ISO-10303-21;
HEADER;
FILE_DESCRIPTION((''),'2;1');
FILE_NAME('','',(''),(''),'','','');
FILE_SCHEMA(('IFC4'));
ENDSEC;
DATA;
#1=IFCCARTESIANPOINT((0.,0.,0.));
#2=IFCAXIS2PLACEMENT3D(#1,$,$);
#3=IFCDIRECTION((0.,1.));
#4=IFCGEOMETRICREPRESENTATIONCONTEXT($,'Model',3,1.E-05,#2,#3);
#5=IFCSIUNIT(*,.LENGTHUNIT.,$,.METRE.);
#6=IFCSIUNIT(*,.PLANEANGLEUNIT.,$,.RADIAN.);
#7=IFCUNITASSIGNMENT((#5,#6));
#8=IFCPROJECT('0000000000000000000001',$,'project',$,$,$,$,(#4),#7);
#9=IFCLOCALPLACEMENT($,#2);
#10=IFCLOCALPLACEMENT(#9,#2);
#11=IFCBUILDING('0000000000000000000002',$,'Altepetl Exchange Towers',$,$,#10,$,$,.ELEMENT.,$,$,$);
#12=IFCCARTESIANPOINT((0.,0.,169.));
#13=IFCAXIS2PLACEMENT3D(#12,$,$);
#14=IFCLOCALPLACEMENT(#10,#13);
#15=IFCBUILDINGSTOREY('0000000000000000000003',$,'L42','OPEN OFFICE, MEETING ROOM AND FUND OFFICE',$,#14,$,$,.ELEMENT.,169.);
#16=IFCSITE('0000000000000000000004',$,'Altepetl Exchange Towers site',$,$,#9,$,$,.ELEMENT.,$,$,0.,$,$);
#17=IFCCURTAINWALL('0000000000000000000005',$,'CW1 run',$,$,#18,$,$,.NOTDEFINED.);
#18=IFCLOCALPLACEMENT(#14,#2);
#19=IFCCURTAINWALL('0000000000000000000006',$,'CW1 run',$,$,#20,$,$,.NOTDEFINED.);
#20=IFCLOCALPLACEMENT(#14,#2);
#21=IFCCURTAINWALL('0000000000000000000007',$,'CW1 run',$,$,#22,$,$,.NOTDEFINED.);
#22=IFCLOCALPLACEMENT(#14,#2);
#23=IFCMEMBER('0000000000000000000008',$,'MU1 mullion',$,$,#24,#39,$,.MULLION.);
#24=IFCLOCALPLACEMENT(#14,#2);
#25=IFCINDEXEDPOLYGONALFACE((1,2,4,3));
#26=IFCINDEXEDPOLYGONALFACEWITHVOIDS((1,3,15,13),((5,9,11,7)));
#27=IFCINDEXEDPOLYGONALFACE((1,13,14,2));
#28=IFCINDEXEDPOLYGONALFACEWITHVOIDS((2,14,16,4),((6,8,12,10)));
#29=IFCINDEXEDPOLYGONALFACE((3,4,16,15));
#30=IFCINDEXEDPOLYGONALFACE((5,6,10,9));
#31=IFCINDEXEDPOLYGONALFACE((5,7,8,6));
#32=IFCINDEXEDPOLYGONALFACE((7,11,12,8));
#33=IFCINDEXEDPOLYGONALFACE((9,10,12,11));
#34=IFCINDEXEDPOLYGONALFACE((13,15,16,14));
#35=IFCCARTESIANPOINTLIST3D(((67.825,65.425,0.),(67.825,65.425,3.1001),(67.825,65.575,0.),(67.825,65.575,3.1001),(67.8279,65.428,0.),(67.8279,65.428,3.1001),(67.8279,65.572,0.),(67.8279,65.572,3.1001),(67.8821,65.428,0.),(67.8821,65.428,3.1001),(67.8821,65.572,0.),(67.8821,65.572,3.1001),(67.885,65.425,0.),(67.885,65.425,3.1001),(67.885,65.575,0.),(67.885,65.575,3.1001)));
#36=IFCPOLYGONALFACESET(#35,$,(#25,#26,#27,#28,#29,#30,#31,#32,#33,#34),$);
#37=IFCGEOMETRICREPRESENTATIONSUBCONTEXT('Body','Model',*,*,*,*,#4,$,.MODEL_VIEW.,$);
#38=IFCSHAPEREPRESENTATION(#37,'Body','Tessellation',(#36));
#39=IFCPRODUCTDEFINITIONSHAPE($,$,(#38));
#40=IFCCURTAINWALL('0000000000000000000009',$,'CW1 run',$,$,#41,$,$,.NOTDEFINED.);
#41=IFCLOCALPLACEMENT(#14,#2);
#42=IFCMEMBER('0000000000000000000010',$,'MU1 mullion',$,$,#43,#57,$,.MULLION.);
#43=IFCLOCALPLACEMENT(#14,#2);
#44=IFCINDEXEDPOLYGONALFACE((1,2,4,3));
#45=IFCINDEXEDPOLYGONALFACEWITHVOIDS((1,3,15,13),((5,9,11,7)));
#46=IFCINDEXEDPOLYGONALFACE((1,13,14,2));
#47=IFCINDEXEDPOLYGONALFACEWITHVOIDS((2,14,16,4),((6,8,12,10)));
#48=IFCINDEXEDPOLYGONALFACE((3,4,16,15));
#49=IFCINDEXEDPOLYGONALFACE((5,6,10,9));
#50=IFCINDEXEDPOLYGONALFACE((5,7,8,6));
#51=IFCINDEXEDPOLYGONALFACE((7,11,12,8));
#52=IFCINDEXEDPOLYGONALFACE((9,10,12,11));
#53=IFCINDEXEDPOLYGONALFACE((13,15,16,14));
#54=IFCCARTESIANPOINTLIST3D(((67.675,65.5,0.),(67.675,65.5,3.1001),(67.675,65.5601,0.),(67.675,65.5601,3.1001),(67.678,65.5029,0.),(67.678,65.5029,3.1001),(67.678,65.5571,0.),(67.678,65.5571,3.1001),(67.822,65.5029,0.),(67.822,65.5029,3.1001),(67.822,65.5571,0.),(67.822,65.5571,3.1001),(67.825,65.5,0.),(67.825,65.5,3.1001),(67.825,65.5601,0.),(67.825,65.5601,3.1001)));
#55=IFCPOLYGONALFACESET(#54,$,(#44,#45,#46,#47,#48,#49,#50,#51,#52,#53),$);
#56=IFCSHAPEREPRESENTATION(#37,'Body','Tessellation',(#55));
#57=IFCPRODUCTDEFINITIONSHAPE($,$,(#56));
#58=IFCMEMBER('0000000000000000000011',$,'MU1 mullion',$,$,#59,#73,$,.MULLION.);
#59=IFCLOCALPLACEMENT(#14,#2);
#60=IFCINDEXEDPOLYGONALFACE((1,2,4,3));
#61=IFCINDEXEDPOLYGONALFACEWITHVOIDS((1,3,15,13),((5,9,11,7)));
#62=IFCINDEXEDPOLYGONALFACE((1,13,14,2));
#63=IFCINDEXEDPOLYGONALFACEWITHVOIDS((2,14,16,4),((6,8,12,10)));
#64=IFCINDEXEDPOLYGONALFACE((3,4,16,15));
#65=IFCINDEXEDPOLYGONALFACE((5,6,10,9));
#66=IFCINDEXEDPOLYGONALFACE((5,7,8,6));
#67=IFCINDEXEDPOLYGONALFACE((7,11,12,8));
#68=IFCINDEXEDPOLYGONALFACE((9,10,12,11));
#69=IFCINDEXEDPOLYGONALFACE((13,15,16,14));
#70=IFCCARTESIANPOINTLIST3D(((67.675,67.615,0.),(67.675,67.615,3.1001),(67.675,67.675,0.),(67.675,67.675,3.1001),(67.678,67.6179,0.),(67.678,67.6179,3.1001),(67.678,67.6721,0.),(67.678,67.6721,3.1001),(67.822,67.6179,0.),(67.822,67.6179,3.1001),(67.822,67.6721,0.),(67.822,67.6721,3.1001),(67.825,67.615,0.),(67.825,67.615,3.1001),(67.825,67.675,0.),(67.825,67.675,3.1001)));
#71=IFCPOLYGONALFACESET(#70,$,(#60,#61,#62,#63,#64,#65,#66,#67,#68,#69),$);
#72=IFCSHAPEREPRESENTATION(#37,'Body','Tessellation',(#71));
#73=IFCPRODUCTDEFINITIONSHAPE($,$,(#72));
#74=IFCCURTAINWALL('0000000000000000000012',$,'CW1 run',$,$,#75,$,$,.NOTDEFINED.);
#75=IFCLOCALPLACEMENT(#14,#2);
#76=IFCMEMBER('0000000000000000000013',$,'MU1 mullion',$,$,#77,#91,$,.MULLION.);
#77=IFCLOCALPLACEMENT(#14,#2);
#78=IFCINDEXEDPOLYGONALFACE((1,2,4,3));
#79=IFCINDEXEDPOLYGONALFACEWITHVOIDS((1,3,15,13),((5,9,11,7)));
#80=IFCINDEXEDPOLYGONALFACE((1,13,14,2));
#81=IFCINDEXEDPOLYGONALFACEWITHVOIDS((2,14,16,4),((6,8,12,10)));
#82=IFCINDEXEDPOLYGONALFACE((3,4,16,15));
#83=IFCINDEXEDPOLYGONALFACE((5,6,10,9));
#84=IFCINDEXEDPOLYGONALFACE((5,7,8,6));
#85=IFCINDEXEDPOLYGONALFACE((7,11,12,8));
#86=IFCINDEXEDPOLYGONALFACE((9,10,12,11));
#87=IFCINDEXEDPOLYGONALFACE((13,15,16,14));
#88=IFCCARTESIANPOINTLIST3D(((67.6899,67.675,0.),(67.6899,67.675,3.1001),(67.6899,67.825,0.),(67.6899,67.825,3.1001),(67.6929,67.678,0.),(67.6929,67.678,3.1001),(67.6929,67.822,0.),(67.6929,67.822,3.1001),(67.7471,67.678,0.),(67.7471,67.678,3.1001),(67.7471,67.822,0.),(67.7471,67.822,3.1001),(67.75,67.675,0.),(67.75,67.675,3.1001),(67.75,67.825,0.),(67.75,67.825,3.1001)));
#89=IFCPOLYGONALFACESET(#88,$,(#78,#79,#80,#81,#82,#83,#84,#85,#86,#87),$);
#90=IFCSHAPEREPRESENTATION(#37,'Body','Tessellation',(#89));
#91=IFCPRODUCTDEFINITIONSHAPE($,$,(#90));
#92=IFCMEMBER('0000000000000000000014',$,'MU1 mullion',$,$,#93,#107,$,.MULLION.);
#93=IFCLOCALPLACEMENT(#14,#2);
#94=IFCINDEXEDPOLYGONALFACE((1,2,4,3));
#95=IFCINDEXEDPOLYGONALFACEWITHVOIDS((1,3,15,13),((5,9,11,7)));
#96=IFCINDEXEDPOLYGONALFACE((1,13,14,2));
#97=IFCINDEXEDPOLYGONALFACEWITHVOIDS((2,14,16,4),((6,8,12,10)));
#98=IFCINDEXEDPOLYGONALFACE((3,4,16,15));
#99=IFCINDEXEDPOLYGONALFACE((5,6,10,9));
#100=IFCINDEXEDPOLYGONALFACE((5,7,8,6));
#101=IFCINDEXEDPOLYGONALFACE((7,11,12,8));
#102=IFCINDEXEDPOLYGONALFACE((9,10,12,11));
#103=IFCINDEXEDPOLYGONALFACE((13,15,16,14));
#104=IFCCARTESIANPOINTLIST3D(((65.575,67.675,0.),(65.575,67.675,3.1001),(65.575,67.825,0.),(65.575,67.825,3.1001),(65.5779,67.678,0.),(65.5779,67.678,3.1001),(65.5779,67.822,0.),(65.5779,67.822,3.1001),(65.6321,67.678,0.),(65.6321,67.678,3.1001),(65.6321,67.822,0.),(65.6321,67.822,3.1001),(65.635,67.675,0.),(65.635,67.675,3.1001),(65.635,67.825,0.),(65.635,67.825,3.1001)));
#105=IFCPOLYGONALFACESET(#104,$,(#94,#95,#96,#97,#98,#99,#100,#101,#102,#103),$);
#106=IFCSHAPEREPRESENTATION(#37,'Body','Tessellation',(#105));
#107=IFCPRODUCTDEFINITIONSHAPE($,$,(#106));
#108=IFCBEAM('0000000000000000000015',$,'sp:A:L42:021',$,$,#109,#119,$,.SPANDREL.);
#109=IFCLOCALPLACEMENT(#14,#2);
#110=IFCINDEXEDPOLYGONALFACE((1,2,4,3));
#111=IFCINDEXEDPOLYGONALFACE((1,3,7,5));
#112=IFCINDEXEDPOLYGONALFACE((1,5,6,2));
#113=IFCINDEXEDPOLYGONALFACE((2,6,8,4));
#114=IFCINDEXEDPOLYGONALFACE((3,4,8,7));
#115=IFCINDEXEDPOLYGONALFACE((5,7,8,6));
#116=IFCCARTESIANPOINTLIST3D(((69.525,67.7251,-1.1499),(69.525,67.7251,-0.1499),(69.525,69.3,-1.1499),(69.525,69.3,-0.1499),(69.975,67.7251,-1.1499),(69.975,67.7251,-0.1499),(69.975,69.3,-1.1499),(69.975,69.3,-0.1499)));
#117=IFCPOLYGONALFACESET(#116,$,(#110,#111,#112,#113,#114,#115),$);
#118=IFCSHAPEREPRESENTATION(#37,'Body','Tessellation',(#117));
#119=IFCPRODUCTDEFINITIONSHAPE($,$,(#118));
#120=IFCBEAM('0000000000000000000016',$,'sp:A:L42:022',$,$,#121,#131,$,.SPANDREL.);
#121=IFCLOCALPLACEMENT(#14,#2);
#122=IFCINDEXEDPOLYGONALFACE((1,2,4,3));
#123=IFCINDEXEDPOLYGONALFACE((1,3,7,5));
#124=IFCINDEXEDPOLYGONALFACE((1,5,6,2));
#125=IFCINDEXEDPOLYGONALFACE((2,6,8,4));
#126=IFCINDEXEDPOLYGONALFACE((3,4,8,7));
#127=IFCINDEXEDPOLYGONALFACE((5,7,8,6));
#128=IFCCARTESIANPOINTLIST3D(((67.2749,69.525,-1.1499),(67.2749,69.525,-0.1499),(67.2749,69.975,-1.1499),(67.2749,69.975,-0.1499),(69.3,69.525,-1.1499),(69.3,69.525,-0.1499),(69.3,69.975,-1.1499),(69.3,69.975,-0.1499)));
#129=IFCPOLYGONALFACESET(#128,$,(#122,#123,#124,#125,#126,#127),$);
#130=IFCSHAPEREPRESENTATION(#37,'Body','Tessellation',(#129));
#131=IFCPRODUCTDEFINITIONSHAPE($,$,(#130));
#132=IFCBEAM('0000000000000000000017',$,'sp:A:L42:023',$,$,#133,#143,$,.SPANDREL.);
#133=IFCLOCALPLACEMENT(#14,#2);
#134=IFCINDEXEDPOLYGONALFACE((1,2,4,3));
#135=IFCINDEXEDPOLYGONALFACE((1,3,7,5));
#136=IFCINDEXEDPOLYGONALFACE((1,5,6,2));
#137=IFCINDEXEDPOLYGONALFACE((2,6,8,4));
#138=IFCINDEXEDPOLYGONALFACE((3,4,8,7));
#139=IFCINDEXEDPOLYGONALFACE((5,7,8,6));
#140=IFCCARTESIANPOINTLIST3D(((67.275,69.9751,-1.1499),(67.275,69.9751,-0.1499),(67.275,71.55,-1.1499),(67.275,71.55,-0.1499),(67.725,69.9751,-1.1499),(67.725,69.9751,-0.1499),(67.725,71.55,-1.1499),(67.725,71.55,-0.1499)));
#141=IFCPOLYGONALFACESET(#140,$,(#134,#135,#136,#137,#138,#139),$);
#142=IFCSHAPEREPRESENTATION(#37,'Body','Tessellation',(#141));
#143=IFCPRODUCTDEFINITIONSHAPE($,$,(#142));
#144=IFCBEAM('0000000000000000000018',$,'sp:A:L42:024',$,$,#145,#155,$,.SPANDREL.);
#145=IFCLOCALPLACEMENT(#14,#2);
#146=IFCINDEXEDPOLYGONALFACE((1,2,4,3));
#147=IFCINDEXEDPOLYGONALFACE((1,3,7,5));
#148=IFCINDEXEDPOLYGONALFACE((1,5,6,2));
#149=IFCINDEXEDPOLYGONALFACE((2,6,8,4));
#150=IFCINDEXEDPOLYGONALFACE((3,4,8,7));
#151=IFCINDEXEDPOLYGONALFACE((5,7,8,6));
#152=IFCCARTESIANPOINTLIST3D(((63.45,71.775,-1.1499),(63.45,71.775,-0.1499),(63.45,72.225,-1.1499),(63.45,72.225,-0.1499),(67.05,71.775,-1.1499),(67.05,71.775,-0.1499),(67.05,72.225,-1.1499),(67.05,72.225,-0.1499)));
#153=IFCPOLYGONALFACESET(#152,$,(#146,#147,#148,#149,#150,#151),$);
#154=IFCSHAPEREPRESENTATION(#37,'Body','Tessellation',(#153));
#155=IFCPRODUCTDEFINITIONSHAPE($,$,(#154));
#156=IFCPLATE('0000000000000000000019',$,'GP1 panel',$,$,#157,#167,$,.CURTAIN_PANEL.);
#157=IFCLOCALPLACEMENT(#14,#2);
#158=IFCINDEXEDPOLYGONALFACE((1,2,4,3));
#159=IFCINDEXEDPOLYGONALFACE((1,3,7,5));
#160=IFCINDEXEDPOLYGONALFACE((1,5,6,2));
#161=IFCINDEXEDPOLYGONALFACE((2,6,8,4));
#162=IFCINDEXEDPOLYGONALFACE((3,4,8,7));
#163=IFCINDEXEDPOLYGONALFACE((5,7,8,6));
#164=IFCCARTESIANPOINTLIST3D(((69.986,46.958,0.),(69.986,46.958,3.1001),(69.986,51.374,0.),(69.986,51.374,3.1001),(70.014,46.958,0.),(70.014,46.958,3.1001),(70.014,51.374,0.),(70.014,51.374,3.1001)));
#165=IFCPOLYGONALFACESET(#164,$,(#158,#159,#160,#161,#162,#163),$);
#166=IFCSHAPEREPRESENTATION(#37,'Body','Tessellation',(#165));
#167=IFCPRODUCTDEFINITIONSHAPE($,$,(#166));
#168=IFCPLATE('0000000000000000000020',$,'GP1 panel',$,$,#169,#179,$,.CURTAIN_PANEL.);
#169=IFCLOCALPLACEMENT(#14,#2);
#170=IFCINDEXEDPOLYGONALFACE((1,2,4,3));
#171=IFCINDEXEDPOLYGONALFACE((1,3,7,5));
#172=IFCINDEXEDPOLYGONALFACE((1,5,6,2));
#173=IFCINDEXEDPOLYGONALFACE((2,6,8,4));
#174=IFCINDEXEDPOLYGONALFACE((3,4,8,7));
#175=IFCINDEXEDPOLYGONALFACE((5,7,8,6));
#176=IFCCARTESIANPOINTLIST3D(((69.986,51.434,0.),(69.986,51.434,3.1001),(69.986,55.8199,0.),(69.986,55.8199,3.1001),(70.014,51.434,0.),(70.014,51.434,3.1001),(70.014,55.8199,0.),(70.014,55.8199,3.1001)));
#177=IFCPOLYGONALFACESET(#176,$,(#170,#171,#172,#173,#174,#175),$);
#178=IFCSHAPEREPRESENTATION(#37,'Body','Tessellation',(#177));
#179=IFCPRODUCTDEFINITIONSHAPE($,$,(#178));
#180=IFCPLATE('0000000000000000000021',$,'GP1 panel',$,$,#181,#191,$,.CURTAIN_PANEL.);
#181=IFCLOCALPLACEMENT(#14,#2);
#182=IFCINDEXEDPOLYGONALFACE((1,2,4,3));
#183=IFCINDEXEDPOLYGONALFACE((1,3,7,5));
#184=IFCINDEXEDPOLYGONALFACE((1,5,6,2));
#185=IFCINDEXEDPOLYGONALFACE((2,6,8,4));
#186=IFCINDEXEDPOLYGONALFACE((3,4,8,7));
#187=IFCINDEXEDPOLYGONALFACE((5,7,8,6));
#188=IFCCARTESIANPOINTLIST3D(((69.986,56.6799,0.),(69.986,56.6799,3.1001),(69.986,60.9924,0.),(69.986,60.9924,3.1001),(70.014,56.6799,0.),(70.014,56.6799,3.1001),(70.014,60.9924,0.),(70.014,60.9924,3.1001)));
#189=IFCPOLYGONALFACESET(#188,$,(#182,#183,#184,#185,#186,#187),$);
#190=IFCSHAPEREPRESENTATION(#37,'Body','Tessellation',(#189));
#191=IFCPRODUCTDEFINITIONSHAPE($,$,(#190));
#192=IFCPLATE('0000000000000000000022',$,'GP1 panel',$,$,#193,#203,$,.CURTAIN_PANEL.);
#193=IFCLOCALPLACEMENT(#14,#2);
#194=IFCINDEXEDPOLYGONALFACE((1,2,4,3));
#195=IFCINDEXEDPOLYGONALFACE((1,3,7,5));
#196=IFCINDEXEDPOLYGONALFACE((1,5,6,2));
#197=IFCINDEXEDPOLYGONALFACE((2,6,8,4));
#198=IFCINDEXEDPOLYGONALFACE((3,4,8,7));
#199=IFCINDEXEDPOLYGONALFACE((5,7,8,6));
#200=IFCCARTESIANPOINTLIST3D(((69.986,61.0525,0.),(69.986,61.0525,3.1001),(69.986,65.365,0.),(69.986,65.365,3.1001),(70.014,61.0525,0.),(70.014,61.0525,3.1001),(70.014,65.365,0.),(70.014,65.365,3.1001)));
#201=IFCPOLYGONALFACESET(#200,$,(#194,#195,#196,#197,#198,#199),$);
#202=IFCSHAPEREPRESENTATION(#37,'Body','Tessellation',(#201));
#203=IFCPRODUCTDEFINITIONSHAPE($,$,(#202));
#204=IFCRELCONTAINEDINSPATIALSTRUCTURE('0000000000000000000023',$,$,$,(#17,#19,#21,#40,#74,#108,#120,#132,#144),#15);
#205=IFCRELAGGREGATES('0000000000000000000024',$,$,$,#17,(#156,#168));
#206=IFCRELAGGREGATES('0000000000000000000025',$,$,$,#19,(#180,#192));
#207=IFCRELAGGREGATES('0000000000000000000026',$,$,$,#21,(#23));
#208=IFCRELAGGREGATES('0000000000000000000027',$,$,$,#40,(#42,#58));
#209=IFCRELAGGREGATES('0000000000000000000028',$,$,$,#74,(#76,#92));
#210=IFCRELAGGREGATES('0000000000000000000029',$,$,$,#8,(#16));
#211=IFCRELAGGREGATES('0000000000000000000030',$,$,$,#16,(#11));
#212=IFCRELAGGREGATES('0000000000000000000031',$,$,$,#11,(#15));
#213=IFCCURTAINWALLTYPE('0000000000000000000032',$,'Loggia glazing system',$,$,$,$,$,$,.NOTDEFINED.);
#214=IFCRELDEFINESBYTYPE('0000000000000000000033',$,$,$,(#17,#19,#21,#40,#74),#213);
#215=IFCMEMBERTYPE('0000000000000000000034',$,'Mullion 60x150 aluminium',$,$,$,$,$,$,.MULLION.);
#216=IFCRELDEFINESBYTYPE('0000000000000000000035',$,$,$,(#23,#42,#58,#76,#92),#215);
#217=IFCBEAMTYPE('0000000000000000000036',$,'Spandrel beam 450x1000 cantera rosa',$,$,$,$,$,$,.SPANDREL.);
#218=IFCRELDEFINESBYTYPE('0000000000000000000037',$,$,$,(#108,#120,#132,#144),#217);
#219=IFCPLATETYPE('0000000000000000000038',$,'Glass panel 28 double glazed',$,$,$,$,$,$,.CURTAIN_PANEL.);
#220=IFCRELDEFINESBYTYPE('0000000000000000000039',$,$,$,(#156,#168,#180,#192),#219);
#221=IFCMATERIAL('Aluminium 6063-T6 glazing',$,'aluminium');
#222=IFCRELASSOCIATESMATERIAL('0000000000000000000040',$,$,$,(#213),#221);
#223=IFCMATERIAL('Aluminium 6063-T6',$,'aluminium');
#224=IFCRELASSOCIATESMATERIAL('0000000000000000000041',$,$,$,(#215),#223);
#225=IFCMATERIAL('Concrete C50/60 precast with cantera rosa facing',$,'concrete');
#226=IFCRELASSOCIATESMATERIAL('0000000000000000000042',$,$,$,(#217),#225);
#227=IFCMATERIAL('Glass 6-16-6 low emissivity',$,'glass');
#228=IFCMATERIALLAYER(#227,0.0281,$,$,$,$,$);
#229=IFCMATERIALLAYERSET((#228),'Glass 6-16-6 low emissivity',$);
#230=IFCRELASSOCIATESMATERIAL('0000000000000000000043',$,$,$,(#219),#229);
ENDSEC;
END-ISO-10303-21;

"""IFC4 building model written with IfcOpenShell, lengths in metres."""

from ifc_helpers import new_model, si_unit, direction, frame, origin, origin_2d, place, context, subcontext, project, spatial, rectangle, hollow_rectangle, extrude, material, layer, layer_set, material_profile, profile_set, type_object, element, aggregate, save


model = new_model("IFC4")

# Units and contexts
model_context = context("Model", 3, precision=1e-05, world=origin(), true_north=direction((0.0, 1.0)))
body_context = subcontext(model_context, "Body", "Model", "MODEL_VIEW")
ifc_project = project(units=[si_unit("LENGTHUNIT", "METRE"), si_unit("PLANEANGLEUNIT", "RADIAN")], contexts=[model_context])

# Site, building, storey
site_placement = place(None, origin())
site = spatial("IfcSite", under=ifc_project, at=site_placement, Name="Altepetl Exchange Towers site", CompositionType="ELEMENT", RefElevation=0.0)
building_placement = place(site_placement, origin())
building = spatial("IfcBuilding", under=site, at=building_placement, Name="Altepetl Exchange Towers", CompositionType="ELEMENT")
storey_placement = place(building_placement, frame((0.0, 0.0, 169.0)))
storey = spatial("IfcBuildingStorey", under=building, at=storey_placement, Name="L42", Description="OPEN OFFICE, MEETING ROOM AND FUND OFFICE", CompositionType="ELEMENT", Elevation=169.0)

# Curtain walls, members
ifc_material_1 = material(Name="Aluminium 6063-T6 glazing", Category="aluminium")
curtain_wall_type = type_object("IfcCurtainWallType", Name="Loggia glazing system", PredefinedType="NOTDEFINED", material=ifc_material_1)
curtain_wall_1_placement = place(storey_placement, origin())
curtain_wall_1 = element("IfcCurtainWall", 1, at=curtain_wall_1_placement, inside=storey, type_object=curtain_wall_type, Name="CW1 run", PredefinedType="NOTDEFINED")
ifc_material_2 = material(Name="Aluminium 6063-T6", Category="aluminium")
ifc_material_profile_1 = material_profile(ifc_material_2, hollow_rectangle(XDim=0.0601, YDim=0.1499, WallThickness=0.0029, at=origin_2d()), Name="Mullion 60x150 aluminium")
ifc_profile_set_1 = profile_set([ifc_material_profile_1], Name="Aluminium 6063-T6")
member_type = type_object("IfcMemberType", Name="Mullion 60x150 aluminium", PredefinedType="MULLION", material=ifc_profile_set_1)
curtain_wall_2_placement = place(storey_placement, origin())
curtain_wall_2 = element("IfcCurtainWall", 2, at=curtain_wall_2_placement, inside=storey, type_object=curtain_wall_type, Name="CW1 run", PredefinedType="NOTDEFINED")
curtain_wall_3_placement = place(storey_placement, origin())
curtain_wall_3 = element("IfcCurtainWall", 3, at=curtain_wall_3_placement, inside=storey, type_object=curtain_wall_type, Name="CW1 run", PredefinedType="NOTDEFINED")
member_1_placement = place(storey_placement, frame((67.855, 65.5, 0.0), z_axis=(0.0, 0.0, 1.0), x_axis=(-1.0, 0.0, 0.0)))
member_1 = element("IfcMember", 4, at=member_1_placement, type_object=member_type, Name="MU1 mullion", PredefinedType="MULLION", context=body_context, shape_type="SweptSolid", body=[
    extrude(hollow_rectangle(XDim=0.0601, YDim=0.1499, WallThickness=0.0029, at=origin_2d()), origin(), (0.0, 0.0, 1.0), 3.1001),
])
curtain_wall_4_placement = place(storey_placement, origin())
curtain_wall_4 = element("IfcCurtainWall", 5, at=curtain_wall_4_placement, inside=storey, type_object=curtain_wall_type, Name="CW1 run", PredefinedType="NOTDEFINED")
member_2_placement = place(storey_placement, frame((67.75, 65.53, 0.0), z_axis=(0.0, 0.0, 1.0), x_axis=(0.0, 1.0, 0.0)))
member_2 = element("IfcMember", 6, at=member_2_placement, type_object=member_type, Name="MU1 mullion", PredefinedType="MULLION", context=body_context, shape_type="SweptSolid", body=[
    extrude(hollow_rectangle(XDim=0.0601, YDim=0.1499, WallThickness=0.0029, at=origin_2d()), origin(), (0.0, 0.0, 1.0), 3.1001),
])
member_3_placement = place(storey_placement, frame((67.75, 67.645, 0.0), z_axis=(0.0, 0.0, 1.0), x_axis=(0.0, 1.0, 0.0)))
member_3 = element("IfcMember", 7, at=member_3_placement, type_object=member_type, Name="MU1 mullion", PredefinedType="MULLION", context=body_context, shape_type="SweptSolid", body=[
    extrude(hollow_rectangle(XDim=0.0601, YDim=0.1499, WallThickness=0.0029, at=origin_2d()), origin(), (0.0, 0.0, 1.0), 3.1001),
])
curtain_wall_5_placement = place(storey_placement, origin())
curtain_wall_5 = element("IfcCurtainWall", 8, at=curtain_wall_5_placement, inside=storey, type_object=curtain_wall_type, Name="CW1 run", PredefinedType="NOTDEFINED")
member_4_placement = place(storey_placement, frame((67.72, 67.75, 0.0), z_axis=(0.0, 0.0, 1.0), x_axis=(-1.0, 0.0, 0.0)))
member_4 = element("IfcMember", 9, at=member_4_placement, type_object=member_type, Name="MU1 mullion", PredefinedType="MULLION", context=body_context, shape_type="SweptSolid", body=[
    extrude(hollow_rectangle(XDim=0.0601, YDim=0.1499, WallThickness=0.0029, at=origin_2d()), origin(), (0.0, 0.0, 1.0), 3.1001),
])
member_5_placement = place(storey_placement, frame((65.605, 67.75, 0.0), z_axis=(0.0, 0.0, 1.0), x_axis=(-1.0, 0.0, 0.0)))
member_5 = element("IfcMember", 10, at=member_5_placement, type_object=member_type, Name="MU1 mullion", PredefinedType="MULLION", context=body_context, shape_type="SweptSolid", body=[
    extrude(hollow_rectangle(XDim=0.0601, YDim=0.1499, WallThickness=0.0029, at=origin_2d()), origin(), (0.0, 0.0, 1.0), 3.1001),
])

# Beams
ifc_material_3 = material(Name="Concrete C50/60 precast with cantera rosa facing", Category="concrete")
ifc_material_profile_2 = material_profile(ifc_material_3, rectangle(XDim=0.45, YDim=1.0, at=origin_2d()), Name="450 x 1000")
ifc_profile_set_2 = profile_set([ifc_material_profile_2], Name="Concrete C50/60 precast with cantera rosa facing")
beam_type_1 = type_object("IfcBeamType", Name="Spandrel beam 450x1000 cantera rosa", PredefinedType="SPANDREL", material=ifc_profile_set_2)
beam_1_placement = place(storey_placement, frame((69.75, 67.7251, -0.6499), z_axis=(0.0, 1.0, 0.0), x_axis=(-1.0, 0.0, 0.0)))
element("IfcBeam", 11, at=beam_1_placement, inside=storey, type_object=beam_type_1, Name="sp:A:L42:021", PredefinedType="SPANDREL", context=body_context, shape_type="SweptSolid", body=[
    extrude(rectangle(XDim=0.45, YDim=1.0, at=origin_2d()), origin(), (0.0, 0.0, 1.0), 1.575),
])
beam_2_placement = place(storey_placement, frame((69.3, 69.75, -0.6499), z_axis=(-1.0, 0.0, 0.0), x_axis=(0.0, -1.0, 0.0)))
element("IfcBeam", 12, at=beam_2_placement, inside=storey, type_object=beam_type_1, Name="sp:A:L42:022", PredefinedType="SPANDREL", context=body_context, shape_type="SweptSolid", body=[
    extrude(rectangle(XDim=0.45, YDim=1.0, at=origin_2d()), origin(), (0.0, 0.0, 1.0), 2.0251),
])
beam_3_placement = place(storey_placement, frame((67.5, 69.9751, -0.6499), z_axis=(0.0, 1.0, 0.0), x_axis=(-1.0, 0.0, 0.0)))
element("IfcBeam", 13, at=beam_3_placement, inside=storey, type_object=beam_type_1, Name="sp:A:L42:023", PredefinedType="SPANDREL", context=body_context, shape_type="SweptSolid", body=[
    extrude(rectangle(XDim=0.45, YDim=1.0, at=origin_2d()), origin(), (0.0, 0.0, 1.0), 1.575),
])
beam_4_placement = place(storey_placement, frame((67.05, 72.0, -0.6499), z_axis=(-1.0, 0.0, 0.0), x_axis=(0.0, -1.0, 0.0)))
element("IfcBeam", 14, at=beam_4_placement, inside=storey, type_object=beam_type_1, Name="sp:A:L42:024", PredefinedType="SPANDREL", context=body_context, shape_type="SweptSolid", body=[
    extrude(rectangle(XDim=0.45, YDim=1.0, at=origin_2d()), origin(), (0.0, 0.0, 1.0), 3.6001),
])

# Plates
ifc_material_4 = material(Name="Glass 6-16-6 low emissivity", Category="glass")
ifc_layer_1 = layer(ifc_material_4, 0.0281)
ifc_layer_set_1 = layer_set([ifc_layer_1], Name="Glass 6-16-6 low emissivity")
plate_type = type_object("IfcPlateType", Name="Glass panel 28 double glazed", PredefinedType="CURTAIN_PANEL", material=ifc_layer_set_1)
plate_1_placement = place(storey_placement, frame((70.0, 49.166, 0.0), z_axis=(0.0, 0.0, 1.0), x_axis=(0.0, 1.0, 0.0)))
plate_1 = element("IfcPlate", 15, at=plate_1_placement, type_object=plate_type, Name="GP1 panel", PredefinedType="CURTAIN_PANEL", context=body_context, shape_type="SweptSolid", body=[
    extrude(rectangle(XDim=4.416, YDim=0.0281, at=origin_2d()), origin(), (0.0, 0.0, 1.0), 3.1001),
])
plate_2_placement = place(storey_placement, frame((70.0, 53.627, 0.0), z_axis=(0.0, 0.0, 1.0), x_axis=(0.0, 1.0, 0.0)))
plate_2 = element("IfcPlate", 16, at=plate_2_placement, type_object=plate_type, Name="GP1 panel", PredefinedType="CURTAIN_PANEL", context=body_context, shape_type="SweptSolid", body=[
    extrude(rectangle(XDim=4.386, YDim=0.0281, at=origin_2d()), origin(), (0.0, 0.0, 1.0), 3.1001),
])
aggregate(curtain_wall_1, [plate_1, plate_2])
plate_3_placement = place(storey_placement, frame((70.0, 58.8362, 0.0), z_axis=(0.0, 0.0, 1.0), x_axis=(0.0, 1.0, 0.0)))
plate_3 = element("IfcPlate", 17, at=plate_3_placement, type_object=plate_type, Name="GP1 panel", PredefinedType="CURTAIN_PANEL", context=body_context, shape_type="SweptSolid", body=[
    extrude(rectangle(XDim=4.3125, YDim=0.0281, at=origin_2d()), origin(), (0.0, 0.0, 1.0), 3.1001),
])
plate_4_placement = place(storey_placement, frame((70.0, 63.2087, 0.0), z_axis=(0.0, 0.0, 1.0), x_axis=(0.0, 1.0, 0.0)))
plate_4 = element("IfcPlate", 18, at=plate_4_placement, type_object=plate_type, Name="GP1 panel", PredefinedType="CURTAIN_PANEL", context=body_context, shape_type="SweptSolid", body=[
    extrude(rectangle(XDim=4.3125, YDim=0.0281, at=origin_2d()), origin(), (0.0, 0.0, 1.0), 3.1001),
])
aggregate(curtain_wall_2, [plate_3, plate_4])
aggregate(curtain_wall_3, [member_1])
aggregate(curtain_wall_4, [member_2, member_3])
aggregate(curtain_wall_5, [member_4, member_5])

save(model, "model.ifc")
